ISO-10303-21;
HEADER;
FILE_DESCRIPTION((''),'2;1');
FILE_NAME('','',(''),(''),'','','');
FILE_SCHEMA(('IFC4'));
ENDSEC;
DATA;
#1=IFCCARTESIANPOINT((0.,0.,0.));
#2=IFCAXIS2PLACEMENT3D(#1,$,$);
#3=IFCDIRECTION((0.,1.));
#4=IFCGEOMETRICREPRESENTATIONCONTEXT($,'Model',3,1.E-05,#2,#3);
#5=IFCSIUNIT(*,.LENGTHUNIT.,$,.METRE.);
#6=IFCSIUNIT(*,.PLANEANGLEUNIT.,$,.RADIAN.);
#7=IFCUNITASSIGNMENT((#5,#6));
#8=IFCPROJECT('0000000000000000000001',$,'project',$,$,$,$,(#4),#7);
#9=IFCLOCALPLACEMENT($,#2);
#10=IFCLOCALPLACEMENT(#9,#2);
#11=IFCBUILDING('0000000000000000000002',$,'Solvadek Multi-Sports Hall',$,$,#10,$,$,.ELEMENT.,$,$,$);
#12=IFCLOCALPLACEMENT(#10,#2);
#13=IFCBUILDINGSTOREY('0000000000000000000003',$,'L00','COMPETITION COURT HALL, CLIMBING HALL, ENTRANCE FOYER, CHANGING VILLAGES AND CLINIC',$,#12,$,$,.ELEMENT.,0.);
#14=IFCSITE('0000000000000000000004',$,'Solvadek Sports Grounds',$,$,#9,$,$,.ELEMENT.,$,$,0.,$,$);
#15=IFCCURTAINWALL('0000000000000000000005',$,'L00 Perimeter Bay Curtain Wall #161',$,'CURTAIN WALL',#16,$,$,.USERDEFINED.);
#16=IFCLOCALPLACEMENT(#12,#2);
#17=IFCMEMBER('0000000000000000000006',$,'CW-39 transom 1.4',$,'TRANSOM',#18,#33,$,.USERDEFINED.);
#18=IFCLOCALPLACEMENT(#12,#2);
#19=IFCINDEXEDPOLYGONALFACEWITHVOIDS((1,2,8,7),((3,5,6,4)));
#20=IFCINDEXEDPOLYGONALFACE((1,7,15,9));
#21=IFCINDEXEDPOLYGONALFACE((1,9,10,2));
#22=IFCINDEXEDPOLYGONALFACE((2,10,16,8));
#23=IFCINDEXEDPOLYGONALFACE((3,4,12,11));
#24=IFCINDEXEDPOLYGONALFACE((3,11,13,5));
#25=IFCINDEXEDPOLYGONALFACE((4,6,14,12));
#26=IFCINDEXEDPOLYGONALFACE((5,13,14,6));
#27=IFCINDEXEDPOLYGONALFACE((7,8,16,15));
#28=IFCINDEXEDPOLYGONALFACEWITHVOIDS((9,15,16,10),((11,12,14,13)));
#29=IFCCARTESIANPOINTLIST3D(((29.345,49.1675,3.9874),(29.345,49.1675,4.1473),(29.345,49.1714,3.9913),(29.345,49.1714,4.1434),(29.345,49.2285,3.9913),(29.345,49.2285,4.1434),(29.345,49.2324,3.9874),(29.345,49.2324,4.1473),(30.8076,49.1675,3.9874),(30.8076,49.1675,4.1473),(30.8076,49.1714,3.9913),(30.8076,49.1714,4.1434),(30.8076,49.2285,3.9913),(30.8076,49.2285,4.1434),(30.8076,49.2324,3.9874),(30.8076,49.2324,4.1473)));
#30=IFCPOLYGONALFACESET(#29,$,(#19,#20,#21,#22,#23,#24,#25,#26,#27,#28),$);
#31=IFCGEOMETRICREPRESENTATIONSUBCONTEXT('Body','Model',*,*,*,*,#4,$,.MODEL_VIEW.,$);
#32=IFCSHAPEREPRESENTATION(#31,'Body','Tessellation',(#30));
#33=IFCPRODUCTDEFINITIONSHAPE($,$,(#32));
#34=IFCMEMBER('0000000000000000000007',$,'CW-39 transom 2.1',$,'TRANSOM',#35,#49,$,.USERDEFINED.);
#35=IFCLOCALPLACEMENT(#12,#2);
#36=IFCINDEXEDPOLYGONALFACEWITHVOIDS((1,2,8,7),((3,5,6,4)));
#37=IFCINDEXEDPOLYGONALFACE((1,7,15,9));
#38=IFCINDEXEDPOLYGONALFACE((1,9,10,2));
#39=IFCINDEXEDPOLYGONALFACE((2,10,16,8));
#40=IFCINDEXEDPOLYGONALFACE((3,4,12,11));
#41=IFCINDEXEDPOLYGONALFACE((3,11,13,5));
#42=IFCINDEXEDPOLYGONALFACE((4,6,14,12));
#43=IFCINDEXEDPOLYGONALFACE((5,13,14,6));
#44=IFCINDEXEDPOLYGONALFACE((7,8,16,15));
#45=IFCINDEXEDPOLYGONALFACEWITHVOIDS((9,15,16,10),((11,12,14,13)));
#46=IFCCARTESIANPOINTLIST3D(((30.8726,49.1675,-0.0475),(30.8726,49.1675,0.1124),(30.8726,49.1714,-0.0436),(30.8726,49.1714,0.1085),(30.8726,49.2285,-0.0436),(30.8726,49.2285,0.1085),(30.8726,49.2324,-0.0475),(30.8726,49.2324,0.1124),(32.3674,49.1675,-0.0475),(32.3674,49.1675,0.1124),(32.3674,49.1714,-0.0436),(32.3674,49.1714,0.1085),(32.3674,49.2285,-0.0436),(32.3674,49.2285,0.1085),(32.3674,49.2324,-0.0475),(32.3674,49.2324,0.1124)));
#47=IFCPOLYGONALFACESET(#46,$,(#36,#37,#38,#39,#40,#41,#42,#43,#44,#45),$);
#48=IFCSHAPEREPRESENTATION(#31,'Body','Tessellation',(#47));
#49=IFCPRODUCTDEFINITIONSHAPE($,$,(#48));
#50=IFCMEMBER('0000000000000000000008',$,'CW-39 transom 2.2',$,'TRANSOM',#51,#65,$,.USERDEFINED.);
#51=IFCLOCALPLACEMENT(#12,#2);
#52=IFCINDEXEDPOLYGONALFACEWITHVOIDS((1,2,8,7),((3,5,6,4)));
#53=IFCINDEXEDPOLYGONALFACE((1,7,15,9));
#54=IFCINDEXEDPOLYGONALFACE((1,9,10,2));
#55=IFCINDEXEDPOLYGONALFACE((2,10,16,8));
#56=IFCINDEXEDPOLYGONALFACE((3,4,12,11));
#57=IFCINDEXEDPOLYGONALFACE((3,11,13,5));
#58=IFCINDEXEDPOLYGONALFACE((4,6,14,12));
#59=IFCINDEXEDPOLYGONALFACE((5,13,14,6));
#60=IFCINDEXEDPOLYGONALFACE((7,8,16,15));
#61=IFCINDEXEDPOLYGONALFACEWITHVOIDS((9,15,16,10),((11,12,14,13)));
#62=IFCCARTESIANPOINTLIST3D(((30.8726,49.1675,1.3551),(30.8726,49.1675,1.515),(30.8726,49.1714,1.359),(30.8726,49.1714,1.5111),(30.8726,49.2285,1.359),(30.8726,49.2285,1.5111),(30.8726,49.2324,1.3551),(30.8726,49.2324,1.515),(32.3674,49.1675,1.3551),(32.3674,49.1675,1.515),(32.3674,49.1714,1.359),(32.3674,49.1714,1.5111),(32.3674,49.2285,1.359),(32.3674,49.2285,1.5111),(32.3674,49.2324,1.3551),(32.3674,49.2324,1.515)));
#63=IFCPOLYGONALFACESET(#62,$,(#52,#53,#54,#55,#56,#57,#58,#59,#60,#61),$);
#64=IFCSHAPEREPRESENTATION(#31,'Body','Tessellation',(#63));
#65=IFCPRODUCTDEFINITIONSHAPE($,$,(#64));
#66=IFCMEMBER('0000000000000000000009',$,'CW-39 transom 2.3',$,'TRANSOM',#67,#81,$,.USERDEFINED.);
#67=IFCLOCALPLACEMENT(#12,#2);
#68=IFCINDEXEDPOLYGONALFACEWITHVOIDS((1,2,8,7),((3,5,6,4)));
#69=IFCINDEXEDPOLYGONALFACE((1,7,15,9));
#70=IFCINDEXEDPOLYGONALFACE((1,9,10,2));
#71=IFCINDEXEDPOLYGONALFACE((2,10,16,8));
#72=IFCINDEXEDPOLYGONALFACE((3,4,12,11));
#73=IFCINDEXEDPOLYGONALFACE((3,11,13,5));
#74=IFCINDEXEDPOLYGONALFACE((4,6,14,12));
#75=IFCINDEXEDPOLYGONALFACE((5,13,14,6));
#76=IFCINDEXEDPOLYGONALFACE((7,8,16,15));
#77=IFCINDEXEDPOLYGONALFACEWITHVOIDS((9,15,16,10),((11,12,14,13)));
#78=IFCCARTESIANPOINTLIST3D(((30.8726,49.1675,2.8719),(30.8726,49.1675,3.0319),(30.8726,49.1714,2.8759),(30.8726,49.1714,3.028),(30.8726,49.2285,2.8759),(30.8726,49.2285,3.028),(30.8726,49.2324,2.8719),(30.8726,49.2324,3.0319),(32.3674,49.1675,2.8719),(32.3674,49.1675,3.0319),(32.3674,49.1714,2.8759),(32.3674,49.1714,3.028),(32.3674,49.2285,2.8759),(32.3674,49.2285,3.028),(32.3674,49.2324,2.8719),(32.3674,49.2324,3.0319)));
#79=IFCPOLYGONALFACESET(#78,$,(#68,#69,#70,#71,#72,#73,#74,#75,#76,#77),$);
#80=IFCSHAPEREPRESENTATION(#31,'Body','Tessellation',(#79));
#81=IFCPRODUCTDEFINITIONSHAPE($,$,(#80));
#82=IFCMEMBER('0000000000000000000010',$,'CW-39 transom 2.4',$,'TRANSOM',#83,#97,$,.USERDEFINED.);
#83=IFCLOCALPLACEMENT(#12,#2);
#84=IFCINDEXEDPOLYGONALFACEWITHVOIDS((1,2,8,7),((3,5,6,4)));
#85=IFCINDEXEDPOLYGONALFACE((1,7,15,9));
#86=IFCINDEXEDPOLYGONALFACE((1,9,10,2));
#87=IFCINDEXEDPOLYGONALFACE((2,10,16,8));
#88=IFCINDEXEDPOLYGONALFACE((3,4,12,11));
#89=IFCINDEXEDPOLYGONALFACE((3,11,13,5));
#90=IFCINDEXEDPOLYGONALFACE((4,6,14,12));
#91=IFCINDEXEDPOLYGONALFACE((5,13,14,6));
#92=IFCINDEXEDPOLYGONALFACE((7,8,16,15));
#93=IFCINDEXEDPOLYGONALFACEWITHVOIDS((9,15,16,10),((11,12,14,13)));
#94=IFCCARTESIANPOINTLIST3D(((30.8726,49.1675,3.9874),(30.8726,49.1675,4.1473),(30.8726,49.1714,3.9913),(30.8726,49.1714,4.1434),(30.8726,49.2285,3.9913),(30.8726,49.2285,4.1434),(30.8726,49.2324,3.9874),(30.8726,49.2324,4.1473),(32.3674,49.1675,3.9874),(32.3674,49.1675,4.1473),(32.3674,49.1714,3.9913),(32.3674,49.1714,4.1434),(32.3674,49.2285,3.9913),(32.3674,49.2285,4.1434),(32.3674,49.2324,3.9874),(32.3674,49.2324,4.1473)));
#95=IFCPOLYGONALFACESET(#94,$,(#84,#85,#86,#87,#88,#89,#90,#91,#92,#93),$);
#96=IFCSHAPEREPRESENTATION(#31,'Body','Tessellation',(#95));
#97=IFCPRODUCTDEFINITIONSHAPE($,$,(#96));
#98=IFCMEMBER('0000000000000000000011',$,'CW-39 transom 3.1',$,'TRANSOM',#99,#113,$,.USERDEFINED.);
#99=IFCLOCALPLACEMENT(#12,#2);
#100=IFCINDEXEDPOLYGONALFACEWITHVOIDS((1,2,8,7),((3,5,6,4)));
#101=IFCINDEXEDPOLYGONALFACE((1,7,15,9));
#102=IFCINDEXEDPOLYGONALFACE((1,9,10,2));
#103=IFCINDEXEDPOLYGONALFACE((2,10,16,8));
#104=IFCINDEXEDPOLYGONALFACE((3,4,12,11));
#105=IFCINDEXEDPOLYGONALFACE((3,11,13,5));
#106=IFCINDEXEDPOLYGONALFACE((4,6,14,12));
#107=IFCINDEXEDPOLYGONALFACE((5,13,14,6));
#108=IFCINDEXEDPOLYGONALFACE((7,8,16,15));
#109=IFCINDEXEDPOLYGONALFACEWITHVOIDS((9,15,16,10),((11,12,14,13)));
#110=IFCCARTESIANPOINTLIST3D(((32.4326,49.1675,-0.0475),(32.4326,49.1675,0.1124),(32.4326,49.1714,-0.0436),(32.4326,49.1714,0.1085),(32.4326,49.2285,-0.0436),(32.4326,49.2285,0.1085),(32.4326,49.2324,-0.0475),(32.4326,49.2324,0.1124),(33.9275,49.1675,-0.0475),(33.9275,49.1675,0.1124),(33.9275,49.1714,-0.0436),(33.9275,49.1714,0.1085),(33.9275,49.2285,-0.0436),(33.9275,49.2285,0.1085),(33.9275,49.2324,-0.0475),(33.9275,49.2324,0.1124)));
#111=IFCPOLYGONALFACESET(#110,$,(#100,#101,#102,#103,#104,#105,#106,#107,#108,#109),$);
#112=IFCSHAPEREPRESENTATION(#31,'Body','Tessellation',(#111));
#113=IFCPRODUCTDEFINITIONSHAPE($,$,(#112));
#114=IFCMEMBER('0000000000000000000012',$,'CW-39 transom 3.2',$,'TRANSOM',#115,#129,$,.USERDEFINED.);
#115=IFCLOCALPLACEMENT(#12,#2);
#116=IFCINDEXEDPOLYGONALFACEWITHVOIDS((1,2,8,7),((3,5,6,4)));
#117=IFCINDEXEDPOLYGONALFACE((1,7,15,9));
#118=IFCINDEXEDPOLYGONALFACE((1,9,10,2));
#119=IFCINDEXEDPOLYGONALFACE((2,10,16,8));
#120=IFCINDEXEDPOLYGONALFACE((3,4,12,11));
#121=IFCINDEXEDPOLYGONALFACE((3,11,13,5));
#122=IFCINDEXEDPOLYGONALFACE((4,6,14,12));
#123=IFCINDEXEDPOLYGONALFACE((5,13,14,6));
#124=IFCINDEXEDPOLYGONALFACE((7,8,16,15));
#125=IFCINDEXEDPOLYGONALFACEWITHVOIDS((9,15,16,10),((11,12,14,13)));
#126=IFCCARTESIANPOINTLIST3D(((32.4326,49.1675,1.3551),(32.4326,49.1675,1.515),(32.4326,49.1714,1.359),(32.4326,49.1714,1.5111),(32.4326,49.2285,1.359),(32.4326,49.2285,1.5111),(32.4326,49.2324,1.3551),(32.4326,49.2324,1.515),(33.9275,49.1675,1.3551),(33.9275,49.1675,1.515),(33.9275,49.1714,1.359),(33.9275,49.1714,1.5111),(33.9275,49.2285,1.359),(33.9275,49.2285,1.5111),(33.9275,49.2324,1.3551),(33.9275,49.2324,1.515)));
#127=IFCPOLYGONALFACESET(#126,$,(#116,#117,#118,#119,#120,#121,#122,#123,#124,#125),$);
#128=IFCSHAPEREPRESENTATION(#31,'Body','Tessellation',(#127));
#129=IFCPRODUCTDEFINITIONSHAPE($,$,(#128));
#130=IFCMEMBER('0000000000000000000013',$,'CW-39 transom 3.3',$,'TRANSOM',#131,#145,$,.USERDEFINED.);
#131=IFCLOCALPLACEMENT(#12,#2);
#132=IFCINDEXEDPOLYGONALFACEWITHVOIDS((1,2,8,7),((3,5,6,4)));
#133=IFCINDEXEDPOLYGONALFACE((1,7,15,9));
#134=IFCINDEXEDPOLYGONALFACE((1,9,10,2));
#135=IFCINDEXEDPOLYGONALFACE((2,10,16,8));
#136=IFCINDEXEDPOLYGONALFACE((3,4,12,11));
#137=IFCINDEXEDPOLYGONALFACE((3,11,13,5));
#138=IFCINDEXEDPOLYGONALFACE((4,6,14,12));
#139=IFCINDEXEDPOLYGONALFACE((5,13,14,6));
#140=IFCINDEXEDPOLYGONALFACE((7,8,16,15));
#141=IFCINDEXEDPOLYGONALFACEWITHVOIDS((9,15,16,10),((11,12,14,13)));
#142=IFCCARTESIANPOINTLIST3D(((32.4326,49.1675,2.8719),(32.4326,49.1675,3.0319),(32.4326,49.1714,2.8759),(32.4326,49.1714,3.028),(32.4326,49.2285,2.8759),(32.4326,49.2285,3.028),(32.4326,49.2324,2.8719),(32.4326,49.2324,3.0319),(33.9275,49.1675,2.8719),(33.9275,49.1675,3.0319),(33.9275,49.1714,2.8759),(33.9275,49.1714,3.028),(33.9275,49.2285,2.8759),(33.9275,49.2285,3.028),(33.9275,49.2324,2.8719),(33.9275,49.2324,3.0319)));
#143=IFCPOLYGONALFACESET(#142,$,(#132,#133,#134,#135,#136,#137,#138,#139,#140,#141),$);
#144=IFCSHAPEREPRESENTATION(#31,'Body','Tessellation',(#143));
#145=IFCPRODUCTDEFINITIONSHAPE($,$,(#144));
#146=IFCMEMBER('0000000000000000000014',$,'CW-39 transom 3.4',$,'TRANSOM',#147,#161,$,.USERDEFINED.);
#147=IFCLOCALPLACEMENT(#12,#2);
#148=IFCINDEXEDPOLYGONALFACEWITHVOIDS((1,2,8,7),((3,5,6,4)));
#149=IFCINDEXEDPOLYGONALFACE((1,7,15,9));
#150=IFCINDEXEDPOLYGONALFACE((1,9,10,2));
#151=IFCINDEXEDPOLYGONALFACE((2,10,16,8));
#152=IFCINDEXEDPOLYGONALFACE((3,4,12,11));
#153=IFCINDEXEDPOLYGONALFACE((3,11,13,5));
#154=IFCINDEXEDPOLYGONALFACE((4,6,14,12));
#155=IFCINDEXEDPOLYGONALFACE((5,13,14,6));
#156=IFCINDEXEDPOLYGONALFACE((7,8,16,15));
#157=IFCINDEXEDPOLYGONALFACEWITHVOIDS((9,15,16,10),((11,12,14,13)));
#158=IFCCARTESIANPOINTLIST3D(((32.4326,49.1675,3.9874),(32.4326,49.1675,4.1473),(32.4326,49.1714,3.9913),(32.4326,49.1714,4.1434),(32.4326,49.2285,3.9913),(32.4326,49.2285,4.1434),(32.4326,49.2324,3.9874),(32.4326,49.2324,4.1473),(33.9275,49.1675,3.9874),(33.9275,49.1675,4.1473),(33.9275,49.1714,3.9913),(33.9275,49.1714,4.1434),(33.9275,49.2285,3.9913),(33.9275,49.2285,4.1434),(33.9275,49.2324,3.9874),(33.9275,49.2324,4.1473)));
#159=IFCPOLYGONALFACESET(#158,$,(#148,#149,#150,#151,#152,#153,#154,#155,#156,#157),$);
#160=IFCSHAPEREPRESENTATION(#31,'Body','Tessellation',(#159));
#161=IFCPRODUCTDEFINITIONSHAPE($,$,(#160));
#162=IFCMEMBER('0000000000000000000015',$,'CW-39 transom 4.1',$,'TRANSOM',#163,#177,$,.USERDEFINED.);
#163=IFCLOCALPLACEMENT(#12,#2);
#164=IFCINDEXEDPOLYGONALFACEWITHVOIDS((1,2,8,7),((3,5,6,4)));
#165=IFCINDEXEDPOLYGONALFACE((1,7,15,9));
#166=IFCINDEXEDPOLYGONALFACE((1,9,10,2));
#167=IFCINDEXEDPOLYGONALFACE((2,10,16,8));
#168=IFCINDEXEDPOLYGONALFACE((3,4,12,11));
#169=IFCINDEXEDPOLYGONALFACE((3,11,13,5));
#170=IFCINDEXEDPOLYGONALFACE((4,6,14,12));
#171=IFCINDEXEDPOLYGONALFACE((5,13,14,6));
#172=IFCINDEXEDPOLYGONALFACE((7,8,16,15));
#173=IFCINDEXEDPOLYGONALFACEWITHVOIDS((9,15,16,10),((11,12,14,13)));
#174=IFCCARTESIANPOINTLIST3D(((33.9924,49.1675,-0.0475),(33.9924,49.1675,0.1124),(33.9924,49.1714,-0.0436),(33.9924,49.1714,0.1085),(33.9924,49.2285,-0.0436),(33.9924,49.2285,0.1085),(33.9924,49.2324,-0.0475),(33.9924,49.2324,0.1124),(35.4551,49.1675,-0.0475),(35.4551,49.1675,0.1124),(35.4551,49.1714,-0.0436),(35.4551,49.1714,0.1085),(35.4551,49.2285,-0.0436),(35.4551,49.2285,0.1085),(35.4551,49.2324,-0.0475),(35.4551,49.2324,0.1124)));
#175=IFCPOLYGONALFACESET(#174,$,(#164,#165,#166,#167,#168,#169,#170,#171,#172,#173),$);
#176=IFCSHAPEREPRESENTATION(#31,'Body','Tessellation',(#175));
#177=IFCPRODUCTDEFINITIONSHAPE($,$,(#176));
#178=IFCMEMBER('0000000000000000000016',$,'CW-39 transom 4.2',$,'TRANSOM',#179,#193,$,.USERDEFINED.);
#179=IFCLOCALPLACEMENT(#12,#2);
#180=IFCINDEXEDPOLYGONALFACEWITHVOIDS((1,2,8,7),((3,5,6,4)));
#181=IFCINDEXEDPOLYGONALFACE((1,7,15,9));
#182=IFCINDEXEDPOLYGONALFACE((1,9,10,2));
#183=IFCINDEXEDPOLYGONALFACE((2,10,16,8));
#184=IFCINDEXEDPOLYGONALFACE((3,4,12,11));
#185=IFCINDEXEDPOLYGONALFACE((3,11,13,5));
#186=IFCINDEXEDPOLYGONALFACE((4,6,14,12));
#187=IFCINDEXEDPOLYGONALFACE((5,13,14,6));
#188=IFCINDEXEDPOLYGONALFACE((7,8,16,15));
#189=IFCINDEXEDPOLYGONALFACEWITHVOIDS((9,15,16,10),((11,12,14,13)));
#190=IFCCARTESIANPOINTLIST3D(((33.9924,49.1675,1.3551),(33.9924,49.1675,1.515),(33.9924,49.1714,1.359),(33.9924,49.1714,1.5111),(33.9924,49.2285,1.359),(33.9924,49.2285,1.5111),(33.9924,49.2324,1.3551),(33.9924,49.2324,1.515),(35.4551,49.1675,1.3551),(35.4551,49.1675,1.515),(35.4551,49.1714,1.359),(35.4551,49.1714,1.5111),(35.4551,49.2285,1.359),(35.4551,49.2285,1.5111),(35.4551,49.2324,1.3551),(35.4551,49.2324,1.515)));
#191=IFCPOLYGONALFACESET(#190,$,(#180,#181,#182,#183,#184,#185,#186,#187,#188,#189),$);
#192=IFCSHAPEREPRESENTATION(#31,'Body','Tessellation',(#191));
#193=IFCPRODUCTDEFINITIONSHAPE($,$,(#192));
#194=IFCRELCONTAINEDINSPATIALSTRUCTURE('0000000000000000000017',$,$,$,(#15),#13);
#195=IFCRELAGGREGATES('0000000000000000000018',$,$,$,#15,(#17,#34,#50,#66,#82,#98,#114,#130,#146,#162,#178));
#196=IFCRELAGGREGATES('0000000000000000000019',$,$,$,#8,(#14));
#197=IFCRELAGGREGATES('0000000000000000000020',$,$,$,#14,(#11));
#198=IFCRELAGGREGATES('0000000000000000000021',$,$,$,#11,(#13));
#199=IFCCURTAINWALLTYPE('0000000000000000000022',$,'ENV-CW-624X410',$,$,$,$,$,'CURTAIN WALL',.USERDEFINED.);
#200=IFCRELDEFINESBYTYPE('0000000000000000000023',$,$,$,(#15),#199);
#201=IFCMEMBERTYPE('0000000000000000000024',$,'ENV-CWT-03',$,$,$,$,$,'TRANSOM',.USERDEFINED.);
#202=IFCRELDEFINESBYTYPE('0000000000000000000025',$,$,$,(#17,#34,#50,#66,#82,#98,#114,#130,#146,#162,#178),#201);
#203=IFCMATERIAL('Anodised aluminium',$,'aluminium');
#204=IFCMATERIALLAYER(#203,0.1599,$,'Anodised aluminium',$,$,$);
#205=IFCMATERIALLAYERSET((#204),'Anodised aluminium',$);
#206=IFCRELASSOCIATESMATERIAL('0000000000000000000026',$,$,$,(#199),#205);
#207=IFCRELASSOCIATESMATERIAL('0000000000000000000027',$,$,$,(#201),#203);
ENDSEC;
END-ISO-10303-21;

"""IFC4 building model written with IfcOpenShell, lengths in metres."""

from ifc_helpers import new_model, si_unit, direction, frame, origin, origin_2d, place, context, subcontext, project, spatial, hollow_rectangle, extrude, material, layer, layer_set, material_profile, profile_set, type_object, element, aggregate, save


model = new_model("IFC4")

# Units and contexts
model_context = context("Model", 3, precision=1e-05, world=origin(), true_north=direction((0.0, 1.0)))
body_context = subcontext(model_context, "Body", "Model", "MODEL_VIEW")
ifc_project = project(units=[si_unit("LENGTHUNIT", "METRE"), si_unit("PLANEANGLEUNIT", "RADIAN")], contexts=[model_context])

# Site, building, storey
site_placement = place(None, origin())
site = spatial("IfcSite", under=ifc_project, at=site_placement, Name="Solvadek Sports Grounds", CompositionType="ELEMENT", RefElevation=0.0)
building_placement = place(site_placement, origin())
building = spatial("IfcBuilding", under=site, at=building_placement, Name="Solvadek Multi-Sports Hall", CompositionType="ELEMENT")
storey_placement = place(building_placement, origin())
storey = spatial("IfcBuildingStorey", under=building, at=storey_placement, Name="L00", Description="COMPETITION COURT HALL, CLIMBING HALL, ENTRANCE FOYER, CHANGING VILLAGES AND CLINIC", CompositionType="ELEMENT", Elevation=0.0)

# Curtain wall, members
ifc_material_1 = material(Name="Anodised aluminium", Category="aluminium")
ifc_layer_1 = layer(ifc_material_1, 0.1599, Name="Anodised aluminium")
ifc_layer_set_1 = layer_set([ifc_layer_1], Name="Anodised aluminium")
curtain_wall_type = type_object("IfcCurtainWallType", Name="ENV-CW-624X410", ElementType="CURTAIN WALL", PredefinedType="USERDEFINED", material=ifc_layer_set_1)
curtain_wall_placement = place(storey_placement, origin())
curtain_wall = element("IfcCurtainWall", 1, at=curtain_wall_placement, inside=storey, type_object=curtain_wall_type, Name="L00 Perimeter Bay Curtain Wall #161", ObjectType="CURTAIN WALL", PredefinedType="USERDEFINED")
ifc_material_profile_1 = material_profile(ifc_material_1, hollow_rectangle(XDim=0.0649, YDim=0.1599, WallThickness=0.0039, at=origin_2d()), Name="ALU-T 160x65x4")
ifc_profile_set_1 = profile_set([ifc_material_profile_1], Name="Anodised aluminium")
member_type_1 = type_object("IfcMemberType", Name="ENV-CWT-03", ElementType="TRANSOM", PredefinedType="USERDEFINED", material=ifc_profile_set_1)
member_1_placement = place(storey_placement, frame((29.345, 49.2, 4.0674), z_axis=(1.0, 0.0, 0.0), x_axis=(0.0, 1.0, 0.0)))
member_1 = element("IfcMember", 2, at=member_1_placement, type_object=member_type_1, Name="CW-39 transom 1.4", ObjectType="TRANSOM", PredefinedType="USERDEFINED", context=body_context, shape_type="SweptSolid", body=[
    extrude(hollow_rectangle(XDim=0.0649, YDim=0.1599, WallThickness=0.0039, at=origin_2d()), origin(), (0.0, 0.0, 1.0), 1.4626),
])
member_2_placement = place(storey_placement, frame((30.8726, 49.2, 0.0325), z_axis=(1.0, 0.0, 0.0), x_axis=(0.0, 1.0, 0.0)))
member_2 = element("IfcMember", 3, at=member_2_placement, type_object=member_type_1, Name="CW-39 transom 2.1", ObjectType="TRANSOM", PredefinedType="USERDEFINED", context=body_context, shape_type="SweptSolid", body=[
    extrude(hollow_rectangle(XDim=0.0649, YDim=0.1599, WallThickness=0.0039, at=origin_2d()), origin(), (0.0, 0.0, 1.0), 1.4949),
])
member_3_placement = place(storey_placement, frame((30.8726, 49.2, 1.4351), z_axis=(1.0, 0.0, 0.0), x_axis=(0.0, 1.0, 0.0)))
member_3 = element("IfcMember", 4, at=member_3_placement, type_object=member_type_1, Name="CW-39 transom 2.2", ObjectType="TRANSOM", PredefinedType="USERDEFINED", context=body_context, shape_type="SweptSolid", body=[
    extrude(hollow_rectangle(XDim=0.0649, YDim=0.1599, WallThickness=0.0039, at=origin_2d()), origin(), (0.0, 0.0, 1.0), 1.4949),
])
member_4_placement = place(storey_placement, frame((30.8726, 49.2, 2.9519), z_axis=(1.0, 0.0, 0.0), x_axis=(0.0, 1.0, 0.0)))
member_4 = element("IfcMember", 5, at=member_4_placement, type_object=member_type_1, Name="CW-39 transom 2.3", ObjectType="TRANSOM", PredefinedType="USERDEFINED", context=body_context, shape_type="SweptSolid", body=[
    extrude(hollow_rectangle(XDim=0.0649, YDim=0.1599, WallThickness=0.0039, at=origin_2d()), origin(), (0.0, 0.0, 1.0), 1.4949),
])
member_5_placement = place(storey_placement, frame((30.8726, 49.2, 4.0674), z_axis=(1.0, 0.0, 0.0), x_axis=(0.0, 1.0, 0.0)))
member_5 = element("IfcMember", 6, at=member_5_placement, type_object=member_type_1, Name="CW-39 transom 2.4", ObjectType="TRANSOM", PredefinedType="USERDEFINED", context=body_context, shape_type="SweptSolid", body=[
    extrude(hollow_rectangle(XDim=0.0649, YDim=0.1599, WallThickness=0.0039, at=origin_2d()), origin(), (0.0, 0.0, 1.0), 1.4949),
])
member_6_placement = place(storey_placement, frame((32.4326, 49.2, 0.0325), z_axis=(1.0, 0.0, 0.0), x_axis=(0.0, 1.0, 0.0)))
member_6 = element("IfcMember", 7, at=member_6_placement, type_object=member_type_1, Name="CW-39 transom 3.1", ObjectType="TRANSOM", PredefinedType="USERDEFINED", context=body_context, shape_type="SweptSolid", body=[
    extrude(hollow_rectangle(XDim=0.0649, YDim=0.1599, WallThickness=0.0039, at=origin_2d()), origin(), (0.0, 0.0, 1.0), 1.4949),
])
member_7_placement = place(storey_placement, frame((32.4326, 49.2, 1.4351), z_axis=(1.0, 0.0, 0.0), x_axis=(0.0, 1.0, 0.0)))
member_7 = element("IfcMember", 8, at=member_7_placement, type_object=member_type_1, Name="CW-39 transom 3.2", ObjectType="TRANSOM", PredefinedType="USERDEFINED", context=body_context, shape_type="SweptSolid", body=[
    extrude(hollow_rectangle(XDim=0.0649, YDim=0.1599, WallThickness=0.0039, at=origin_2d()), origin(), (0.0, 0.0, 1.0), 1.4949),
])
member_8_placement = place(storey_placement, frame((32.4326, 49.2, 2.9519), z_axis=(1.0, 0.0, 0.0), x_axis=(0.0, 1.0, 0.0)))
member_8 = element("IfcMember", 9, at=member_8_placement, type_object=member_type_1, Name="CW-39 transom 3.3", ObjectType="TRANSOM", PredefinedType="USERDEFINED", context=body_context, shape_type="SweptSolid", body=[
    extrude(hollow_rectangle(XDim=0.0649, YDim=0.1599, WallThickness=0.0039, at=origin_2d()), origin(), (0.0, 0.0, 1.0), 1.4949),
])
member_9_placement = place(storey_placement, frame((32.4326, 49.2, 4.0674), z_axis=(1.0, 0.0, 0.0), x_axis=(0.0, 1.0, 0.0)))
member_9 = element("IfcMember", 10, at=member_9_placement, type_object=member_type_1, Name="CW-39 transom 3.4", ObjectType="TRANSOM", PredefinedType="USERDEFINED", context=body_context, shape_type="SweptSolid", body=[
    extrude(hollow_rectangle(XDim=0.0649, YDim=0.1599, WallThickness=0.0039, at=origin_2d()), origin(), (0.0, 0.0, 1.0), 1.4949),
])
member_10_placement = place(storey_placement, frame((33.9924, 49.2, 0.0325), z_axis=(1.0, 0.0, 0.0), x_axis=(0.0, 1.0, 0.0)))
member_10 = element("IfcMember", 11, at=member_10_placement, type_object=member_type_1, Name="CW-39 transom 4.1", ObjectType="TRANSOM", PredefinedType="USERDEFINED", context=body_context, shape_type="SweptSolid", body=[
    extrude(hollow_rectangle(XDim=0.0649, YDim=0.1599, WallThickness=0.0039, at=origin_2d()), origin(), (0.0, 0.0, 1.0), 1.4626),
])
member_11_placement = place(storey_placement, frame((33.9924, 49.2, 1.4351), z_axis=(1.0, 0.0, 0.0), x_axis=(0.0, 1.0, 0.0)))
member_11 = element("IfcMember", 12, at=member_11_placement, type_object=member_type_1, Name="CW-39 transom 4.2", ObjectType="TRANSOM", PredefinedType="USERDEFINED", context=body_context, shape_type="SweptSolid", body=[
    extrude(hollow_rectangle(XDim=0.0649, YDim=0.1599, WallThickness=0.0039, at=origin_2d()), origin(), (0.0, 0.0, 1.0), 1.4626),
])

aggregate(curtain_wall, [member_1, member_2, member_3, member_4, member_5, member_6, member_7, member_8, member_9, member_10, member_11])

save(model, "model.ifc")
